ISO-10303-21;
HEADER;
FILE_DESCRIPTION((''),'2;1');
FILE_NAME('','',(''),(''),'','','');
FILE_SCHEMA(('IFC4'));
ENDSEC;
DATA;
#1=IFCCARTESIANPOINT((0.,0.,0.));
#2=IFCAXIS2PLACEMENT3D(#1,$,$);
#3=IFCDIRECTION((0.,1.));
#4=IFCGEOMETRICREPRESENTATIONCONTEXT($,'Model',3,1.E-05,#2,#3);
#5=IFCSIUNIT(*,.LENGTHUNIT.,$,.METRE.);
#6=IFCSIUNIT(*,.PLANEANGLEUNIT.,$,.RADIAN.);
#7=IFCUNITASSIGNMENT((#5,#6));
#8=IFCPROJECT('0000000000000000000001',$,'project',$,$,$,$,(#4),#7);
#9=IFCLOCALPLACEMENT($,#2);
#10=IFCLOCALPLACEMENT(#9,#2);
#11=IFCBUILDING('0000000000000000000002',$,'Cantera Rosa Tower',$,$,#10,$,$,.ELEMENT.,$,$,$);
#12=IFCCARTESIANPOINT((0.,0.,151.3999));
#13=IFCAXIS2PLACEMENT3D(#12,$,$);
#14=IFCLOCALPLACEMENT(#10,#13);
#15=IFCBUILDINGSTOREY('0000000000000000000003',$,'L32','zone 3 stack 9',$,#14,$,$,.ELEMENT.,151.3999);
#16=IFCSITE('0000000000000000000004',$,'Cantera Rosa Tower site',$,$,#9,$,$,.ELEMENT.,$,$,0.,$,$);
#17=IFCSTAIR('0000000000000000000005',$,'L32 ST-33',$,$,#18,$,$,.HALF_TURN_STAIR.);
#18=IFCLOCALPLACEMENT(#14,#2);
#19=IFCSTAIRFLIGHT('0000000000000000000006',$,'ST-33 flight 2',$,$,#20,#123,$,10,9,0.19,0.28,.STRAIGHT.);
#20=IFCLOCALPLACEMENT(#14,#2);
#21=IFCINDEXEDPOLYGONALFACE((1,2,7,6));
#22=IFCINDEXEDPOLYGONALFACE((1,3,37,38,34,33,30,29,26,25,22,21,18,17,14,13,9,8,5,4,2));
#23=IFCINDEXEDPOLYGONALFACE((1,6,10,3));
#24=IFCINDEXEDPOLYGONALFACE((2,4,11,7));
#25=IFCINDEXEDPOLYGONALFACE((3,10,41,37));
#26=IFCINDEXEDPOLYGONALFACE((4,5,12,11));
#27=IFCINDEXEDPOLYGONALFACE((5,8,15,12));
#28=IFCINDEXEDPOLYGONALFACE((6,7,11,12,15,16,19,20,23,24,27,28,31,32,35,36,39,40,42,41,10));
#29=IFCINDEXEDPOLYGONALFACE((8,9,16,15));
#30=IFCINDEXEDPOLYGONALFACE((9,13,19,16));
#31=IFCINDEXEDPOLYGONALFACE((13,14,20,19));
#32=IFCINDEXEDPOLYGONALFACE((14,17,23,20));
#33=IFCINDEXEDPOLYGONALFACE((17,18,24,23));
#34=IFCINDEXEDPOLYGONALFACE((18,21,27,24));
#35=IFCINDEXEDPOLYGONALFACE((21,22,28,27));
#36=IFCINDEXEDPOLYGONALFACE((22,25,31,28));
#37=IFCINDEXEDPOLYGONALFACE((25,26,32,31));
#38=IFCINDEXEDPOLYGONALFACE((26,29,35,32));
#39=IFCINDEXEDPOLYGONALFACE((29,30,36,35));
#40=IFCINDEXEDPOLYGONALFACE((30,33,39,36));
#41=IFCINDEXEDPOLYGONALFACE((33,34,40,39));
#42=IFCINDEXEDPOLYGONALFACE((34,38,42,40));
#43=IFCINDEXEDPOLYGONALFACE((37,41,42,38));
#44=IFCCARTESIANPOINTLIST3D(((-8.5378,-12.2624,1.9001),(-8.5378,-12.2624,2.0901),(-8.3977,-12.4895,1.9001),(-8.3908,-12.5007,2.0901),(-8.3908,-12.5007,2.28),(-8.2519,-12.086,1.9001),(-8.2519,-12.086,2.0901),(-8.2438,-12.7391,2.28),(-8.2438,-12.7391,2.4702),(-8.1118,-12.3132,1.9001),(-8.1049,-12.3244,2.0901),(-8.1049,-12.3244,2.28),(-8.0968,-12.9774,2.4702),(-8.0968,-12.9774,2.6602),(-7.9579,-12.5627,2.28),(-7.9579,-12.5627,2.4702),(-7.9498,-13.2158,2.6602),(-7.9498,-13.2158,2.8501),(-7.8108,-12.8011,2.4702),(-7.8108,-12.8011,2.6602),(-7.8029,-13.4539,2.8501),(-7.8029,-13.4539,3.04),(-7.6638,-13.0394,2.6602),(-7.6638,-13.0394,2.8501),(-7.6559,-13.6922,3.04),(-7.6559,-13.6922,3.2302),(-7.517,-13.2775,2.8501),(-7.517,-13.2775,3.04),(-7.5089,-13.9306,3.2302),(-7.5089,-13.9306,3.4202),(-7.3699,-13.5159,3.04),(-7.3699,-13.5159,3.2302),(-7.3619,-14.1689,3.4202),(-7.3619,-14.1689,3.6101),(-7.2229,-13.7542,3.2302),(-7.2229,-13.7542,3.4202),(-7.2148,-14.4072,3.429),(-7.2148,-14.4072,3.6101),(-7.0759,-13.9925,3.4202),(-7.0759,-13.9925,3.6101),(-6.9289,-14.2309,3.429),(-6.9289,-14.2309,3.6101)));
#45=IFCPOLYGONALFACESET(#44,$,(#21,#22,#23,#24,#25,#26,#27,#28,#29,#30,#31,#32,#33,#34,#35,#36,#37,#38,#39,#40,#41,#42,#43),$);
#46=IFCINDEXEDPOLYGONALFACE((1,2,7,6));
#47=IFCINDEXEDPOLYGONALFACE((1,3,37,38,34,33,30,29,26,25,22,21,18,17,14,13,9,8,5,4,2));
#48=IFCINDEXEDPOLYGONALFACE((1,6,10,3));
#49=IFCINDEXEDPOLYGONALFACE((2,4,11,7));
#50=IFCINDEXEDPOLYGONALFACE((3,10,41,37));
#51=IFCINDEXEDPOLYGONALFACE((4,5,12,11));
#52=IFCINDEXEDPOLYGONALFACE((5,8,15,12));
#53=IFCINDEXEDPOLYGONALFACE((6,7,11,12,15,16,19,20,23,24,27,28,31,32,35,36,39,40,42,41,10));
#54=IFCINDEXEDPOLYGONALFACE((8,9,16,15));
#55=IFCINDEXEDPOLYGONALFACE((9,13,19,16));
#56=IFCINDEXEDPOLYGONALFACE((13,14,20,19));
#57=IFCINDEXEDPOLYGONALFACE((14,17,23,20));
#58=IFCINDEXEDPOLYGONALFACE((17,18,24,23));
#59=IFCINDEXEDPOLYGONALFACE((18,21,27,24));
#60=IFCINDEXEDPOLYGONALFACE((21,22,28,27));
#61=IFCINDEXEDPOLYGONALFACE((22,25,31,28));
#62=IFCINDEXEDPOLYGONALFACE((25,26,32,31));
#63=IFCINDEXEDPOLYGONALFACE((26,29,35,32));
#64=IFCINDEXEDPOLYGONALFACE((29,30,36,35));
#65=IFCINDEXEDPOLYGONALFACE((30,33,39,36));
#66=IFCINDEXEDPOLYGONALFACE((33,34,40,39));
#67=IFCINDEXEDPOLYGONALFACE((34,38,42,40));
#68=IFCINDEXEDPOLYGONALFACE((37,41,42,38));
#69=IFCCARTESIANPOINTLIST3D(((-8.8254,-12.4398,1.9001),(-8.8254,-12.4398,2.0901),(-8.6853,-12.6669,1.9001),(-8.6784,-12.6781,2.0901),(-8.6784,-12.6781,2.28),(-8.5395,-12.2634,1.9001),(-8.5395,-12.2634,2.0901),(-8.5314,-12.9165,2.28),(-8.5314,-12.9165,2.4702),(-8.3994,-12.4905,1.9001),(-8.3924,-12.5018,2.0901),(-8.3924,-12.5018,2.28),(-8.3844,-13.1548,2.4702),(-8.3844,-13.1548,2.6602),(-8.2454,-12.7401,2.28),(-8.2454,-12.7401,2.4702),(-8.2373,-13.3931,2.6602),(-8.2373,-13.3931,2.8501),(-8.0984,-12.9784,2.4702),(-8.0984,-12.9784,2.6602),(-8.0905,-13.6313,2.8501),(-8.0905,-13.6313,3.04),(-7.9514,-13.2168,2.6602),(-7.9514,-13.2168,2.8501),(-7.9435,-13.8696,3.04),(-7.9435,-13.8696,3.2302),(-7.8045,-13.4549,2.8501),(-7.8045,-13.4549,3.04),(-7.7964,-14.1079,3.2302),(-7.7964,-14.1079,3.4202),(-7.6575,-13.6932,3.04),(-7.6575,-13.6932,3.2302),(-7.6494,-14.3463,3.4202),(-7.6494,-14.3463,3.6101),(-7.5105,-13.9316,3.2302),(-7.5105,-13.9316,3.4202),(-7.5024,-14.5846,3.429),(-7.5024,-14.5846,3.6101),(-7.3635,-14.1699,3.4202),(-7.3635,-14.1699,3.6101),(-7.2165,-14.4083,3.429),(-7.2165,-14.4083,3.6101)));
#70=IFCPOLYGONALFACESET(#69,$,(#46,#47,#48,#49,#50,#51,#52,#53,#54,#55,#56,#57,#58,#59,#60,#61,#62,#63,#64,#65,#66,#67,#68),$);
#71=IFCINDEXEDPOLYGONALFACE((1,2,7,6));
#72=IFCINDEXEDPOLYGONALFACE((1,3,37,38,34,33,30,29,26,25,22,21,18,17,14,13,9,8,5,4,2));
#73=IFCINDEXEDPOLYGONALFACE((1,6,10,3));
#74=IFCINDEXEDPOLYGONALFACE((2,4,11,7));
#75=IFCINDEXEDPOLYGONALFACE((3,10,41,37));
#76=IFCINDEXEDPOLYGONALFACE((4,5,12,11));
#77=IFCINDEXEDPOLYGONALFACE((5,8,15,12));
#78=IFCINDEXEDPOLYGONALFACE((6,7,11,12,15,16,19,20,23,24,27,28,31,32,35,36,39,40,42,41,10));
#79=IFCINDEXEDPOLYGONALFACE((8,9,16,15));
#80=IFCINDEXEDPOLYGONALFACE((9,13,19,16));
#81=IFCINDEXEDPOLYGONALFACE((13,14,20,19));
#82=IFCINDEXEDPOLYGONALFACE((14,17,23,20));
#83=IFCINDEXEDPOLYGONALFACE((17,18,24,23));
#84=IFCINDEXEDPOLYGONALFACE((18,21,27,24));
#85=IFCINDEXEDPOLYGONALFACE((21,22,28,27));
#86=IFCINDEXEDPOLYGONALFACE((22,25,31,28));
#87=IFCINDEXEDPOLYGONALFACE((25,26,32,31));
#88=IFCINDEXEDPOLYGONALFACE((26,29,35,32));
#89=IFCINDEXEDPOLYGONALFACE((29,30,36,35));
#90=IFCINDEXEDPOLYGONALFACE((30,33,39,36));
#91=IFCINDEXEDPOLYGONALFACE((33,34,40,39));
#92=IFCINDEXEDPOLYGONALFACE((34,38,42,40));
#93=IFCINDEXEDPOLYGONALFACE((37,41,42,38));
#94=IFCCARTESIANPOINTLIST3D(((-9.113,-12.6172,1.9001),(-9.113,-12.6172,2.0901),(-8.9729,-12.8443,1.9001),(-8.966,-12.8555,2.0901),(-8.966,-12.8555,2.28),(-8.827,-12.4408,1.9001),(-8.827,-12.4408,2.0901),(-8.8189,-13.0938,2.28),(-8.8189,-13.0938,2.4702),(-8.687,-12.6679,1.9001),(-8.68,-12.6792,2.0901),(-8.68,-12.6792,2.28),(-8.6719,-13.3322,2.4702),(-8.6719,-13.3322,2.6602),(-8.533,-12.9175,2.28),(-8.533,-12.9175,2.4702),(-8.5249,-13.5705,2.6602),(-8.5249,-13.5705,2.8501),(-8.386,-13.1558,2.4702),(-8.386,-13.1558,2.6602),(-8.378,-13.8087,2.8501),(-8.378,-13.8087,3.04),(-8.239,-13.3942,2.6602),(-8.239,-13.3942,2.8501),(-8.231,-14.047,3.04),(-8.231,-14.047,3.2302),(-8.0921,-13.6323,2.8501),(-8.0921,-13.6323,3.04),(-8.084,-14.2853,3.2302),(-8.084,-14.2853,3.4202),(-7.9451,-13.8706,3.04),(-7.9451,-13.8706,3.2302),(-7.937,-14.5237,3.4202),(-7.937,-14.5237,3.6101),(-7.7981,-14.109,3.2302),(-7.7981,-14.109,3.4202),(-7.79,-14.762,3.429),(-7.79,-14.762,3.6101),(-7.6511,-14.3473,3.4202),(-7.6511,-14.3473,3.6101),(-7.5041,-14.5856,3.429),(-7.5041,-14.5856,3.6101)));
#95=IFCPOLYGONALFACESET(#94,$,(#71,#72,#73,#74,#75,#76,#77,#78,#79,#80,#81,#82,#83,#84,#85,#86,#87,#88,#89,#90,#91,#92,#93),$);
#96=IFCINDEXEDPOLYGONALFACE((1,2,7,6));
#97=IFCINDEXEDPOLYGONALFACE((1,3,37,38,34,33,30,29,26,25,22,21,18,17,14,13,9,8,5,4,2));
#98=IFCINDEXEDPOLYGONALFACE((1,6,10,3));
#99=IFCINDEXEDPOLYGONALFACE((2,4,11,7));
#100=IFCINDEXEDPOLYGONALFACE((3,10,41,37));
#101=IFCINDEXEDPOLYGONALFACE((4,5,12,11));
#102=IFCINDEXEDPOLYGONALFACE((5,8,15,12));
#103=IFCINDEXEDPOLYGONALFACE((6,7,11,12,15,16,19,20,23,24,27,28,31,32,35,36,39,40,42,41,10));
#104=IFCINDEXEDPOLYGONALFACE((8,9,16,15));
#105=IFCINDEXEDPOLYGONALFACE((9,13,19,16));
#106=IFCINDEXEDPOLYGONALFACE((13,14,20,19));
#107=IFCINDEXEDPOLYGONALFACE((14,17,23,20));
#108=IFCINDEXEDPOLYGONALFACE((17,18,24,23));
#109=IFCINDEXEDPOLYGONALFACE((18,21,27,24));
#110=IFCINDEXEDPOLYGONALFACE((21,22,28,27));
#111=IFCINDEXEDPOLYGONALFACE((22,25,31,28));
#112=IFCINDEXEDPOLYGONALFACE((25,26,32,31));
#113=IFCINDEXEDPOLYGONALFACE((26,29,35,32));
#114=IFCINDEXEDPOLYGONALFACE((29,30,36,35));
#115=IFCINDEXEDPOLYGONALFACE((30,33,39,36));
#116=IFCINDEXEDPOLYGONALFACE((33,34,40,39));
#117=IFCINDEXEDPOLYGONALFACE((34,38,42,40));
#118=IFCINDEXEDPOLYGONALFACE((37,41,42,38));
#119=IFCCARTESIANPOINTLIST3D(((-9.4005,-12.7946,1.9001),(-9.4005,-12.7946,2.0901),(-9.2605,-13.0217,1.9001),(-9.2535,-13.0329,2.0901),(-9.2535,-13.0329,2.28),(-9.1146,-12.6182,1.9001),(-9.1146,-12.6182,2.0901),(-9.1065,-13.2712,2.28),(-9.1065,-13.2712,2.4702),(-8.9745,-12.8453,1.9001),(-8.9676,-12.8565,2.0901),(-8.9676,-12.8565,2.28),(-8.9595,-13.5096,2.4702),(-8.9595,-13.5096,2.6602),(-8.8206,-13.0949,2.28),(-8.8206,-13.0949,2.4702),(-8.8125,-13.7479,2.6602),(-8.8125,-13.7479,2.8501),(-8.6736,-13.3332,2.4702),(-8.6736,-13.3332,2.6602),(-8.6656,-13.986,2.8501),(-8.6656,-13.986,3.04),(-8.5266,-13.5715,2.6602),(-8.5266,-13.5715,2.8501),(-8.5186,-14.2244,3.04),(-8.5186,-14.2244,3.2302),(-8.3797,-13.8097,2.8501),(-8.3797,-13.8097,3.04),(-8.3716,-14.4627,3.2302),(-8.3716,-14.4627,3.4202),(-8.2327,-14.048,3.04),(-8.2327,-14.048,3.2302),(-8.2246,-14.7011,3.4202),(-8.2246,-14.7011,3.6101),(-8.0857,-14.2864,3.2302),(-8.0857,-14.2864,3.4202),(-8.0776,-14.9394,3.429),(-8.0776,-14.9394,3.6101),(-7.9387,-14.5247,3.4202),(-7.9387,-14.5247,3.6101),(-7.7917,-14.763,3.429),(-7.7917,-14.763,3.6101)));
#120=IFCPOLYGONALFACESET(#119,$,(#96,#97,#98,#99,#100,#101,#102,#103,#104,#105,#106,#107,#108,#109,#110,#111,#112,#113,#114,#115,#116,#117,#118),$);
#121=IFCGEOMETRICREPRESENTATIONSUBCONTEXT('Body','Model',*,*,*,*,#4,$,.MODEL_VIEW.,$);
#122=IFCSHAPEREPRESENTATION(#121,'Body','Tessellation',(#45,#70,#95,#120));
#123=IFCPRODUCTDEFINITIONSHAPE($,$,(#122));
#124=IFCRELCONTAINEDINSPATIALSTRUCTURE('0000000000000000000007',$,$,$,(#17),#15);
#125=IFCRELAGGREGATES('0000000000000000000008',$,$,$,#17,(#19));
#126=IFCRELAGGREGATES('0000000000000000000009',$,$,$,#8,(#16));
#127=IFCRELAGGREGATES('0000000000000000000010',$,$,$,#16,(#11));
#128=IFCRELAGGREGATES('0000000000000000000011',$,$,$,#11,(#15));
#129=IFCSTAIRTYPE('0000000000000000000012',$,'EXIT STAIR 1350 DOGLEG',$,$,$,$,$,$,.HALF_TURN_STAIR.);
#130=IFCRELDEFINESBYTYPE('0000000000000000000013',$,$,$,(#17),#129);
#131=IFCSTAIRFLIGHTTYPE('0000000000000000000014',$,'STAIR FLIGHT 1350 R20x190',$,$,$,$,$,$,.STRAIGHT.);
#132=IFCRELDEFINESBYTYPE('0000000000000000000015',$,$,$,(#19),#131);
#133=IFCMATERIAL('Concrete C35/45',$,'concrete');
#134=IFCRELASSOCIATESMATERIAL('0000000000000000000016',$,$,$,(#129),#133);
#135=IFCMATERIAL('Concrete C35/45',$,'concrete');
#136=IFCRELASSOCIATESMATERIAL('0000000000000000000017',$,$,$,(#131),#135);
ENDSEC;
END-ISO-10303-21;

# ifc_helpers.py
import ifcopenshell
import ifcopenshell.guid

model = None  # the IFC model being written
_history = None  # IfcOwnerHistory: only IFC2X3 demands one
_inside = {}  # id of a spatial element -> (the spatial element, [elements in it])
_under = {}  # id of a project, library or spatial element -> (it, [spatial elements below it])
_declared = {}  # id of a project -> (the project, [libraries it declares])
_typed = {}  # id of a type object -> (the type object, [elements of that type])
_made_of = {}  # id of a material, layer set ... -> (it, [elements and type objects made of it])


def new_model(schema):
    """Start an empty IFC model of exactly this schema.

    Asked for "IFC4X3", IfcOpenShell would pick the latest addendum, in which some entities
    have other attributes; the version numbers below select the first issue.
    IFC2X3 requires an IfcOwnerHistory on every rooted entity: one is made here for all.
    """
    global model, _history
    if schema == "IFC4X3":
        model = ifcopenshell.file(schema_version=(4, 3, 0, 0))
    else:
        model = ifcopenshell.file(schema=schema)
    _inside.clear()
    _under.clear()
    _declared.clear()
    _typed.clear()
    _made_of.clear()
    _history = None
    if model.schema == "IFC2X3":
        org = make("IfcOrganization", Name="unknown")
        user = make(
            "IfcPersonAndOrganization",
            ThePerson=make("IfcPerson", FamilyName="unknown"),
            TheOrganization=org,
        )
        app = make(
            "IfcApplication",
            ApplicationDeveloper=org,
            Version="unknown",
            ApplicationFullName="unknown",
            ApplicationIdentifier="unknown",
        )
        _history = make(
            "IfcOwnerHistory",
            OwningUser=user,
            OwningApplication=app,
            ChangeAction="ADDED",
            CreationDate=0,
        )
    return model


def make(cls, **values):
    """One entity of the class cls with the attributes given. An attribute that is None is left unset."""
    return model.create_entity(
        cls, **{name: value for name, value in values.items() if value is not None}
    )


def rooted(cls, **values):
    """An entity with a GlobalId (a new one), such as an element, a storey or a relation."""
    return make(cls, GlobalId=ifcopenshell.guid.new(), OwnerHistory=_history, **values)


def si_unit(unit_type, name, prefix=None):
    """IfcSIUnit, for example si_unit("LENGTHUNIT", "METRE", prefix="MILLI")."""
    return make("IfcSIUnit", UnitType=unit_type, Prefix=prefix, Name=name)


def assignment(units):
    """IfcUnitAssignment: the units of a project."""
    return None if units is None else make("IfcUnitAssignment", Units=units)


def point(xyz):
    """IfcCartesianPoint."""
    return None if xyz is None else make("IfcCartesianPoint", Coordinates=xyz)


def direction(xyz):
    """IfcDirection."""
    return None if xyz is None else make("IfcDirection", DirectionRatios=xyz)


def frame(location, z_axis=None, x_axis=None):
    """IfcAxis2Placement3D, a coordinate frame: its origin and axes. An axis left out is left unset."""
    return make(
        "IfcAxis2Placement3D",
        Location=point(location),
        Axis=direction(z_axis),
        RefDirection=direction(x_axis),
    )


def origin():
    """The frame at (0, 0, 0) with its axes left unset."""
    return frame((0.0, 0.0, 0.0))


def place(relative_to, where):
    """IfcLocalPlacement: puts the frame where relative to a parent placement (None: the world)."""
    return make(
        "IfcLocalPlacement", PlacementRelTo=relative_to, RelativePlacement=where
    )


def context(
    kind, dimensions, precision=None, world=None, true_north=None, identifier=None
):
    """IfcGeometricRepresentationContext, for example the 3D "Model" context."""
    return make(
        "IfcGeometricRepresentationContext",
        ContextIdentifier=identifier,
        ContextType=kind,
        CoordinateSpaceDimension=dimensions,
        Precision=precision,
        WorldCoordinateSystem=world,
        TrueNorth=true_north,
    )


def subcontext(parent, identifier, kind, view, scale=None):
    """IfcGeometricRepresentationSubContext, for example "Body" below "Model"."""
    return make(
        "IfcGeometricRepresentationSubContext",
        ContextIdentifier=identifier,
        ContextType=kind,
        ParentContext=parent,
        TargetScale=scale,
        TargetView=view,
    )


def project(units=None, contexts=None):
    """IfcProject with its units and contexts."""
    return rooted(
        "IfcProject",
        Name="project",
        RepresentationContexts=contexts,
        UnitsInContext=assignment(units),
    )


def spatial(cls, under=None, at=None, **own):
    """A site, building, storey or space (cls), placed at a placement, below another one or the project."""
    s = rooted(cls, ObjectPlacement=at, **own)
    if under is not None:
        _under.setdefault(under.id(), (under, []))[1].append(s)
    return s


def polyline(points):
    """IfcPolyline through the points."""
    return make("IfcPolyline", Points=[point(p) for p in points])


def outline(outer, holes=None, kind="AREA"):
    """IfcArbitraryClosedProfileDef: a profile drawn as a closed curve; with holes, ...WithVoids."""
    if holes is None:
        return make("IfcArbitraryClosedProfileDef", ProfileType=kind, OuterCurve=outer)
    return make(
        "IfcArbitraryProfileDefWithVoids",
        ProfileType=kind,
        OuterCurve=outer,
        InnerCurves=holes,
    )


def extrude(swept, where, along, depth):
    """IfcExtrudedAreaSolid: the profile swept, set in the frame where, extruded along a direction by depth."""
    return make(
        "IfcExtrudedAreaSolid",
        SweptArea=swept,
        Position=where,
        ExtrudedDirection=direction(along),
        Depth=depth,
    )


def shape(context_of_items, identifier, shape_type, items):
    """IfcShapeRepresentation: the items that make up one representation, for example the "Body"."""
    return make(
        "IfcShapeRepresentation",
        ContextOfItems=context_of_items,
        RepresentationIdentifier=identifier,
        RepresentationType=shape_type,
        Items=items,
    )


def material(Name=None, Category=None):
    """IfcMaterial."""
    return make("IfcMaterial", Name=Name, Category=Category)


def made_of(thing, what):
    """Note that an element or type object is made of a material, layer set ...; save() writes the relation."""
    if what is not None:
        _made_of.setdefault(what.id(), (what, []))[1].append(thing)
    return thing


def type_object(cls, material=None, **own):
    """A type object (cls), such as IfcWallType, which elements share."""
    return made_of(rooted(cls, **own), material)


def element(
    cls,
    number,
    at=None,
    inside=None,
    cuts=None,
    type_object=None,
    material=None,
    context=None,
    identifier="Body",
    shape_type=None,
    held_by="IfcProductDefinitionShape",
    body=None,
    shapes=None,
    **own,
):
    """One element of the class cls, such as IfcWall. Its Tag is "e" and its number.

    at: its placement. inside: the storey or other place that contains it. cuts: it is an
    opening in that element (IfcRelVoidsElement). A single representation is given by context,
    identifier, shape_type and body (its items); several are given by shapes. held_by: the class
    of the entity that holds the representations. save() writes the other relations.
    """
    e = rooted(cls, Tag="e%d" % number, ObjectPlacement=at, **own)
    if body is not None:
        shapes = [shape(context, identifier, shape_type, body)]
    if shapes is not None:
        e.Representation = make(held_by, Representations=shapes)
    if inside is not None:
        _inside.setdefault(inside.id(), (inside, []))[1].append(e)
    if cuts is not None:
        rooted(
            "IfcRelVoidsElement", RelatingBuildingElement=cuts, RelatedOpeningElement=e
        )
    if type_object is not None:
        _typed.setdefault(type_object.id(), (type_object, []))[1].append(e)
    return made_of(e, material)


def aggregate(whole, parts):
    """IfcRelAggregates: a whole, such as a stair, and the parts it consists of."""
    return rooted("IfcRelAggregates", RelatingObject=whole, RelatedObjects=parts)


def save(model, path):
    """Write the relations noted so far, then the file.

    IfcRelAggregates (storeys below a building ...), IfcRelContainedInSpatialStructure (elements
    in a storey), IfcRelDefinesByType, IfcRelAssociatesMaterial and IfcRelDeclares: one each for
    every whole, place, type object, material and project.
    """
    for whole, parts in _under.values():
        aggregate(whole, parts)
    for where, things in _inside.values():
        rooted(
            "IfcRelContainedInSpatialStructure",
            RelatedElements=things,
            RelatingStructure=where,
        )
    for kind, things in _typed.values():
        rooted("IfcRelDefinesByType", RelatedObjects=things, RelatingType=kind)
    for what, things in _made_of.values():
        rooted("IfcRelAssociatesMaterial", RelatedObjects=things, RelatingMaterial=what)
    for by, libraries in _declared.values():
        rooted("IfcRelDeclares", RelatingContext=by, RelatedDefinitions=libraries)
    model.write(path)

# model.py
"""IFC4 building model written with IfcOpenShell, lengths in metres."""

from ifc_helpers import new_model, si_unit, direction, frame, origin, place, context, subcontext, project, spatial, polyline, outline, extrude, material, type_object, element, aggregate, save


model = new_model("IFC4")

# Units and contexts
model_context = context("Model", 3, precision=1e-05, world=origin(), true_north=direction((0.0, 1.0)))
body_context = subcontext(model_context, "Body", "Model", "MODEL_VIEW")
ifc_project = project(units=[si_unit("LENGTHUNIT", "METRE"), si_unit("PLANEANGLEUNIT", "RADIAN")], contexts=[model_context])

# Site, building, storey
site_placement = place(None, origin())
site = spatial("IfcSite", under=ifc_project, at=site_placement, Name="Cantera Rosa Tower site", CompositionType="ELEMENT", RefElevation=0.0)
building_placement = place(site_placement, origin())
building = spatial("IfcBuilding", under=site, at=building_placement, Name="Cantera Rosa Tower", CompositionType="ELEMENT")
storey_placement = place(building_placement, frame((0.0, 0.0, 151.3999)))
storey = spatial("IfcBuildingStorey", under=building, at=storey_placement, Name="L32", Description="zone 3 stack 9", CompositionType="ELEMENT", Elevation=151.3999)

# Stair, stair flight
ifc_material_1 = material(Name="Concrete C35/45", Category="concrete")
stair_type = type_object("IfcStairType", Name="EXIT STAIR 1350 DOGLEG", PredefinedType="HALF_TURN_STAIR", material=ifc_material_1)
stair_placement = place(storey_placement, origin())
stair = element("IfcStair", 1, at=stair_placement, inside=storey, type_object=stair_type, Name="L32 ST-33", PredefinedType="HALF_TURN_STAIR")
ifc_material_2 = material(Name="Concrete C35/45", Category="concrete")
stair_flight_type = type_object("IfcStairFlightType", Name="STAIR FLIGHT 1350 R20x190", PredefinedType="STRAIGHT", material=ifc_material_2)
stair_flight_1_placement = place(storey_placement, frame((-8.8264, -12.4404, 1.9001), z_axis=(0.0, 0.0, 1.0), x_axis=(0.524977, -0.851117, 0.0)))
stair_flight_1 = element("IfcStairFlight", 2, at=stair_flight_1_placement, type_object=stair_flight_type, Name="ST-33 flight 2", NumberOfRisers=10, NumberOfTreads=9, PredefinedType="STRAIGHT", RiserHeight=0.19, TreadLength=0.28, context=body_context, shape_type="SweptSolid", body=[
    extrude(outline(polyline([(0.0, 0.0), (0.0, 0.1899), (0.28, 0.1899), (0.28, 0.3799), (0.5601, 0.3799), (0.5601, 0.5701), (0.8401, 0.5701), (0.8401, 0.76), (1.1201, 0.76), (1.1201, 0.95), (1.3999, 0.95), (1.3999, 1.1399), (1.6799, 1.1399), (1.6799, 1.3301), (1.96, 1.3301), (1.96, 1.52), (2.24, 1.52), (2.24, 1.71), (2.52, 1.71), (2.52, 1.8999), (2.52, 1.5288), (0.2668, 0.0), (0.0, 0.0)])), frame((0.0, 0.675, 0.0), z_axis=(0.0, -1.0, 0.0), x_axis=(1.0, 0.0, 0.0)), (0.0, 0.0, 1.0), 0.3359),
    extrude(outline(polyline([(0.0, 0.0), (0.0, 0.1899), (0.28, 0.1899), (0.28, 0.3799), (0.5601, 0.3799), (0.5601, 0.5701), (0.8401, 0.5701), (0.8401, 0.76), (1.1201, 0.76), (1.1201, 0.95), (1.3999, 0.95), (1.3999, 1.1399), (1.6799, 1.1399), (1.6799, 1.3301), (1.96, 1.3301), (1.96, 1.52), (2.24, 1.52), (2.24, 1.71), (2.52, 1.71), (2.52, 1.8999), (2.52, 1.5288), (0.2668, 0.0), (0.0, 0.0)])), frame((0.0, 0.3372, 0.0), z_axis=(0.0, -1.0, 0.0), x_axis=(1.0, 0.0, 0.0)), (0.0, 0.0, 1.0), 0.3359),
    extrude(outline(polyline([(0.0, 0.0), (0.0, 0.1899), (0.28, 0.1899), (0.28, 0.3799), (0.5601, 0.3799), (0.5601, 0.5701), (0.8401, 0.5701), (0.8401, 0.76), (1.1201, 0.76), (1.1201, 0.95), (1.3999, 0.95), (1.3999, 1.1399), (1.6799, 1.1399), (1.6799, 1.3301), (1.96, 1.3301), (1.96, 1.52), (2.24, 1.52), (2.24, 1.71), (2.52, 1.71), (2.52, 1.8999), (2.52, 1.5288), (0.2668, 0.0), (0.0, 0.0)])), frame((0.0, -0.0007, 0.0), z_axis=(0.0, -1.0, 0.0), x_axis=(1.0, 0.0, 0.0)), (0.0, 0.0, 1.0), 0.3359),
    extrude(outline(polyline([(0.0, 0.0), (0.0, 0.1899), (0.28, 0.1899), (0.28, 0.3799), (0.5601, 0.3799), (0.5601, 0.5701), (0.8401, 0.5701), (0.8401, 0.76), (1.1201, 0.76), (1.1201, 0.95), (1.3999, 0.95), (1.3999, 1.1399), (1.6799, 1.1399), (1.6799, 1.3301), (1.96, 1.3301), (1.96, 1.52), (2.24, 1.52), (2.24, 1.71), (2.52, 1.71), (2.52, 1.8999), (2.52, 1.5288), (0.2668, 0.0), (0.0, 0.0)])), frame((0.0, -0.3386, 0.0), z_axis=(0.0, -1.0, 0.0), x_axis=(1.0, 0.0, 0.0)), (0.0, 0.0, 1.0), 0.3359),
])
aggregate(stair, [stair_flight_1])

save(model, "model.ifc")
